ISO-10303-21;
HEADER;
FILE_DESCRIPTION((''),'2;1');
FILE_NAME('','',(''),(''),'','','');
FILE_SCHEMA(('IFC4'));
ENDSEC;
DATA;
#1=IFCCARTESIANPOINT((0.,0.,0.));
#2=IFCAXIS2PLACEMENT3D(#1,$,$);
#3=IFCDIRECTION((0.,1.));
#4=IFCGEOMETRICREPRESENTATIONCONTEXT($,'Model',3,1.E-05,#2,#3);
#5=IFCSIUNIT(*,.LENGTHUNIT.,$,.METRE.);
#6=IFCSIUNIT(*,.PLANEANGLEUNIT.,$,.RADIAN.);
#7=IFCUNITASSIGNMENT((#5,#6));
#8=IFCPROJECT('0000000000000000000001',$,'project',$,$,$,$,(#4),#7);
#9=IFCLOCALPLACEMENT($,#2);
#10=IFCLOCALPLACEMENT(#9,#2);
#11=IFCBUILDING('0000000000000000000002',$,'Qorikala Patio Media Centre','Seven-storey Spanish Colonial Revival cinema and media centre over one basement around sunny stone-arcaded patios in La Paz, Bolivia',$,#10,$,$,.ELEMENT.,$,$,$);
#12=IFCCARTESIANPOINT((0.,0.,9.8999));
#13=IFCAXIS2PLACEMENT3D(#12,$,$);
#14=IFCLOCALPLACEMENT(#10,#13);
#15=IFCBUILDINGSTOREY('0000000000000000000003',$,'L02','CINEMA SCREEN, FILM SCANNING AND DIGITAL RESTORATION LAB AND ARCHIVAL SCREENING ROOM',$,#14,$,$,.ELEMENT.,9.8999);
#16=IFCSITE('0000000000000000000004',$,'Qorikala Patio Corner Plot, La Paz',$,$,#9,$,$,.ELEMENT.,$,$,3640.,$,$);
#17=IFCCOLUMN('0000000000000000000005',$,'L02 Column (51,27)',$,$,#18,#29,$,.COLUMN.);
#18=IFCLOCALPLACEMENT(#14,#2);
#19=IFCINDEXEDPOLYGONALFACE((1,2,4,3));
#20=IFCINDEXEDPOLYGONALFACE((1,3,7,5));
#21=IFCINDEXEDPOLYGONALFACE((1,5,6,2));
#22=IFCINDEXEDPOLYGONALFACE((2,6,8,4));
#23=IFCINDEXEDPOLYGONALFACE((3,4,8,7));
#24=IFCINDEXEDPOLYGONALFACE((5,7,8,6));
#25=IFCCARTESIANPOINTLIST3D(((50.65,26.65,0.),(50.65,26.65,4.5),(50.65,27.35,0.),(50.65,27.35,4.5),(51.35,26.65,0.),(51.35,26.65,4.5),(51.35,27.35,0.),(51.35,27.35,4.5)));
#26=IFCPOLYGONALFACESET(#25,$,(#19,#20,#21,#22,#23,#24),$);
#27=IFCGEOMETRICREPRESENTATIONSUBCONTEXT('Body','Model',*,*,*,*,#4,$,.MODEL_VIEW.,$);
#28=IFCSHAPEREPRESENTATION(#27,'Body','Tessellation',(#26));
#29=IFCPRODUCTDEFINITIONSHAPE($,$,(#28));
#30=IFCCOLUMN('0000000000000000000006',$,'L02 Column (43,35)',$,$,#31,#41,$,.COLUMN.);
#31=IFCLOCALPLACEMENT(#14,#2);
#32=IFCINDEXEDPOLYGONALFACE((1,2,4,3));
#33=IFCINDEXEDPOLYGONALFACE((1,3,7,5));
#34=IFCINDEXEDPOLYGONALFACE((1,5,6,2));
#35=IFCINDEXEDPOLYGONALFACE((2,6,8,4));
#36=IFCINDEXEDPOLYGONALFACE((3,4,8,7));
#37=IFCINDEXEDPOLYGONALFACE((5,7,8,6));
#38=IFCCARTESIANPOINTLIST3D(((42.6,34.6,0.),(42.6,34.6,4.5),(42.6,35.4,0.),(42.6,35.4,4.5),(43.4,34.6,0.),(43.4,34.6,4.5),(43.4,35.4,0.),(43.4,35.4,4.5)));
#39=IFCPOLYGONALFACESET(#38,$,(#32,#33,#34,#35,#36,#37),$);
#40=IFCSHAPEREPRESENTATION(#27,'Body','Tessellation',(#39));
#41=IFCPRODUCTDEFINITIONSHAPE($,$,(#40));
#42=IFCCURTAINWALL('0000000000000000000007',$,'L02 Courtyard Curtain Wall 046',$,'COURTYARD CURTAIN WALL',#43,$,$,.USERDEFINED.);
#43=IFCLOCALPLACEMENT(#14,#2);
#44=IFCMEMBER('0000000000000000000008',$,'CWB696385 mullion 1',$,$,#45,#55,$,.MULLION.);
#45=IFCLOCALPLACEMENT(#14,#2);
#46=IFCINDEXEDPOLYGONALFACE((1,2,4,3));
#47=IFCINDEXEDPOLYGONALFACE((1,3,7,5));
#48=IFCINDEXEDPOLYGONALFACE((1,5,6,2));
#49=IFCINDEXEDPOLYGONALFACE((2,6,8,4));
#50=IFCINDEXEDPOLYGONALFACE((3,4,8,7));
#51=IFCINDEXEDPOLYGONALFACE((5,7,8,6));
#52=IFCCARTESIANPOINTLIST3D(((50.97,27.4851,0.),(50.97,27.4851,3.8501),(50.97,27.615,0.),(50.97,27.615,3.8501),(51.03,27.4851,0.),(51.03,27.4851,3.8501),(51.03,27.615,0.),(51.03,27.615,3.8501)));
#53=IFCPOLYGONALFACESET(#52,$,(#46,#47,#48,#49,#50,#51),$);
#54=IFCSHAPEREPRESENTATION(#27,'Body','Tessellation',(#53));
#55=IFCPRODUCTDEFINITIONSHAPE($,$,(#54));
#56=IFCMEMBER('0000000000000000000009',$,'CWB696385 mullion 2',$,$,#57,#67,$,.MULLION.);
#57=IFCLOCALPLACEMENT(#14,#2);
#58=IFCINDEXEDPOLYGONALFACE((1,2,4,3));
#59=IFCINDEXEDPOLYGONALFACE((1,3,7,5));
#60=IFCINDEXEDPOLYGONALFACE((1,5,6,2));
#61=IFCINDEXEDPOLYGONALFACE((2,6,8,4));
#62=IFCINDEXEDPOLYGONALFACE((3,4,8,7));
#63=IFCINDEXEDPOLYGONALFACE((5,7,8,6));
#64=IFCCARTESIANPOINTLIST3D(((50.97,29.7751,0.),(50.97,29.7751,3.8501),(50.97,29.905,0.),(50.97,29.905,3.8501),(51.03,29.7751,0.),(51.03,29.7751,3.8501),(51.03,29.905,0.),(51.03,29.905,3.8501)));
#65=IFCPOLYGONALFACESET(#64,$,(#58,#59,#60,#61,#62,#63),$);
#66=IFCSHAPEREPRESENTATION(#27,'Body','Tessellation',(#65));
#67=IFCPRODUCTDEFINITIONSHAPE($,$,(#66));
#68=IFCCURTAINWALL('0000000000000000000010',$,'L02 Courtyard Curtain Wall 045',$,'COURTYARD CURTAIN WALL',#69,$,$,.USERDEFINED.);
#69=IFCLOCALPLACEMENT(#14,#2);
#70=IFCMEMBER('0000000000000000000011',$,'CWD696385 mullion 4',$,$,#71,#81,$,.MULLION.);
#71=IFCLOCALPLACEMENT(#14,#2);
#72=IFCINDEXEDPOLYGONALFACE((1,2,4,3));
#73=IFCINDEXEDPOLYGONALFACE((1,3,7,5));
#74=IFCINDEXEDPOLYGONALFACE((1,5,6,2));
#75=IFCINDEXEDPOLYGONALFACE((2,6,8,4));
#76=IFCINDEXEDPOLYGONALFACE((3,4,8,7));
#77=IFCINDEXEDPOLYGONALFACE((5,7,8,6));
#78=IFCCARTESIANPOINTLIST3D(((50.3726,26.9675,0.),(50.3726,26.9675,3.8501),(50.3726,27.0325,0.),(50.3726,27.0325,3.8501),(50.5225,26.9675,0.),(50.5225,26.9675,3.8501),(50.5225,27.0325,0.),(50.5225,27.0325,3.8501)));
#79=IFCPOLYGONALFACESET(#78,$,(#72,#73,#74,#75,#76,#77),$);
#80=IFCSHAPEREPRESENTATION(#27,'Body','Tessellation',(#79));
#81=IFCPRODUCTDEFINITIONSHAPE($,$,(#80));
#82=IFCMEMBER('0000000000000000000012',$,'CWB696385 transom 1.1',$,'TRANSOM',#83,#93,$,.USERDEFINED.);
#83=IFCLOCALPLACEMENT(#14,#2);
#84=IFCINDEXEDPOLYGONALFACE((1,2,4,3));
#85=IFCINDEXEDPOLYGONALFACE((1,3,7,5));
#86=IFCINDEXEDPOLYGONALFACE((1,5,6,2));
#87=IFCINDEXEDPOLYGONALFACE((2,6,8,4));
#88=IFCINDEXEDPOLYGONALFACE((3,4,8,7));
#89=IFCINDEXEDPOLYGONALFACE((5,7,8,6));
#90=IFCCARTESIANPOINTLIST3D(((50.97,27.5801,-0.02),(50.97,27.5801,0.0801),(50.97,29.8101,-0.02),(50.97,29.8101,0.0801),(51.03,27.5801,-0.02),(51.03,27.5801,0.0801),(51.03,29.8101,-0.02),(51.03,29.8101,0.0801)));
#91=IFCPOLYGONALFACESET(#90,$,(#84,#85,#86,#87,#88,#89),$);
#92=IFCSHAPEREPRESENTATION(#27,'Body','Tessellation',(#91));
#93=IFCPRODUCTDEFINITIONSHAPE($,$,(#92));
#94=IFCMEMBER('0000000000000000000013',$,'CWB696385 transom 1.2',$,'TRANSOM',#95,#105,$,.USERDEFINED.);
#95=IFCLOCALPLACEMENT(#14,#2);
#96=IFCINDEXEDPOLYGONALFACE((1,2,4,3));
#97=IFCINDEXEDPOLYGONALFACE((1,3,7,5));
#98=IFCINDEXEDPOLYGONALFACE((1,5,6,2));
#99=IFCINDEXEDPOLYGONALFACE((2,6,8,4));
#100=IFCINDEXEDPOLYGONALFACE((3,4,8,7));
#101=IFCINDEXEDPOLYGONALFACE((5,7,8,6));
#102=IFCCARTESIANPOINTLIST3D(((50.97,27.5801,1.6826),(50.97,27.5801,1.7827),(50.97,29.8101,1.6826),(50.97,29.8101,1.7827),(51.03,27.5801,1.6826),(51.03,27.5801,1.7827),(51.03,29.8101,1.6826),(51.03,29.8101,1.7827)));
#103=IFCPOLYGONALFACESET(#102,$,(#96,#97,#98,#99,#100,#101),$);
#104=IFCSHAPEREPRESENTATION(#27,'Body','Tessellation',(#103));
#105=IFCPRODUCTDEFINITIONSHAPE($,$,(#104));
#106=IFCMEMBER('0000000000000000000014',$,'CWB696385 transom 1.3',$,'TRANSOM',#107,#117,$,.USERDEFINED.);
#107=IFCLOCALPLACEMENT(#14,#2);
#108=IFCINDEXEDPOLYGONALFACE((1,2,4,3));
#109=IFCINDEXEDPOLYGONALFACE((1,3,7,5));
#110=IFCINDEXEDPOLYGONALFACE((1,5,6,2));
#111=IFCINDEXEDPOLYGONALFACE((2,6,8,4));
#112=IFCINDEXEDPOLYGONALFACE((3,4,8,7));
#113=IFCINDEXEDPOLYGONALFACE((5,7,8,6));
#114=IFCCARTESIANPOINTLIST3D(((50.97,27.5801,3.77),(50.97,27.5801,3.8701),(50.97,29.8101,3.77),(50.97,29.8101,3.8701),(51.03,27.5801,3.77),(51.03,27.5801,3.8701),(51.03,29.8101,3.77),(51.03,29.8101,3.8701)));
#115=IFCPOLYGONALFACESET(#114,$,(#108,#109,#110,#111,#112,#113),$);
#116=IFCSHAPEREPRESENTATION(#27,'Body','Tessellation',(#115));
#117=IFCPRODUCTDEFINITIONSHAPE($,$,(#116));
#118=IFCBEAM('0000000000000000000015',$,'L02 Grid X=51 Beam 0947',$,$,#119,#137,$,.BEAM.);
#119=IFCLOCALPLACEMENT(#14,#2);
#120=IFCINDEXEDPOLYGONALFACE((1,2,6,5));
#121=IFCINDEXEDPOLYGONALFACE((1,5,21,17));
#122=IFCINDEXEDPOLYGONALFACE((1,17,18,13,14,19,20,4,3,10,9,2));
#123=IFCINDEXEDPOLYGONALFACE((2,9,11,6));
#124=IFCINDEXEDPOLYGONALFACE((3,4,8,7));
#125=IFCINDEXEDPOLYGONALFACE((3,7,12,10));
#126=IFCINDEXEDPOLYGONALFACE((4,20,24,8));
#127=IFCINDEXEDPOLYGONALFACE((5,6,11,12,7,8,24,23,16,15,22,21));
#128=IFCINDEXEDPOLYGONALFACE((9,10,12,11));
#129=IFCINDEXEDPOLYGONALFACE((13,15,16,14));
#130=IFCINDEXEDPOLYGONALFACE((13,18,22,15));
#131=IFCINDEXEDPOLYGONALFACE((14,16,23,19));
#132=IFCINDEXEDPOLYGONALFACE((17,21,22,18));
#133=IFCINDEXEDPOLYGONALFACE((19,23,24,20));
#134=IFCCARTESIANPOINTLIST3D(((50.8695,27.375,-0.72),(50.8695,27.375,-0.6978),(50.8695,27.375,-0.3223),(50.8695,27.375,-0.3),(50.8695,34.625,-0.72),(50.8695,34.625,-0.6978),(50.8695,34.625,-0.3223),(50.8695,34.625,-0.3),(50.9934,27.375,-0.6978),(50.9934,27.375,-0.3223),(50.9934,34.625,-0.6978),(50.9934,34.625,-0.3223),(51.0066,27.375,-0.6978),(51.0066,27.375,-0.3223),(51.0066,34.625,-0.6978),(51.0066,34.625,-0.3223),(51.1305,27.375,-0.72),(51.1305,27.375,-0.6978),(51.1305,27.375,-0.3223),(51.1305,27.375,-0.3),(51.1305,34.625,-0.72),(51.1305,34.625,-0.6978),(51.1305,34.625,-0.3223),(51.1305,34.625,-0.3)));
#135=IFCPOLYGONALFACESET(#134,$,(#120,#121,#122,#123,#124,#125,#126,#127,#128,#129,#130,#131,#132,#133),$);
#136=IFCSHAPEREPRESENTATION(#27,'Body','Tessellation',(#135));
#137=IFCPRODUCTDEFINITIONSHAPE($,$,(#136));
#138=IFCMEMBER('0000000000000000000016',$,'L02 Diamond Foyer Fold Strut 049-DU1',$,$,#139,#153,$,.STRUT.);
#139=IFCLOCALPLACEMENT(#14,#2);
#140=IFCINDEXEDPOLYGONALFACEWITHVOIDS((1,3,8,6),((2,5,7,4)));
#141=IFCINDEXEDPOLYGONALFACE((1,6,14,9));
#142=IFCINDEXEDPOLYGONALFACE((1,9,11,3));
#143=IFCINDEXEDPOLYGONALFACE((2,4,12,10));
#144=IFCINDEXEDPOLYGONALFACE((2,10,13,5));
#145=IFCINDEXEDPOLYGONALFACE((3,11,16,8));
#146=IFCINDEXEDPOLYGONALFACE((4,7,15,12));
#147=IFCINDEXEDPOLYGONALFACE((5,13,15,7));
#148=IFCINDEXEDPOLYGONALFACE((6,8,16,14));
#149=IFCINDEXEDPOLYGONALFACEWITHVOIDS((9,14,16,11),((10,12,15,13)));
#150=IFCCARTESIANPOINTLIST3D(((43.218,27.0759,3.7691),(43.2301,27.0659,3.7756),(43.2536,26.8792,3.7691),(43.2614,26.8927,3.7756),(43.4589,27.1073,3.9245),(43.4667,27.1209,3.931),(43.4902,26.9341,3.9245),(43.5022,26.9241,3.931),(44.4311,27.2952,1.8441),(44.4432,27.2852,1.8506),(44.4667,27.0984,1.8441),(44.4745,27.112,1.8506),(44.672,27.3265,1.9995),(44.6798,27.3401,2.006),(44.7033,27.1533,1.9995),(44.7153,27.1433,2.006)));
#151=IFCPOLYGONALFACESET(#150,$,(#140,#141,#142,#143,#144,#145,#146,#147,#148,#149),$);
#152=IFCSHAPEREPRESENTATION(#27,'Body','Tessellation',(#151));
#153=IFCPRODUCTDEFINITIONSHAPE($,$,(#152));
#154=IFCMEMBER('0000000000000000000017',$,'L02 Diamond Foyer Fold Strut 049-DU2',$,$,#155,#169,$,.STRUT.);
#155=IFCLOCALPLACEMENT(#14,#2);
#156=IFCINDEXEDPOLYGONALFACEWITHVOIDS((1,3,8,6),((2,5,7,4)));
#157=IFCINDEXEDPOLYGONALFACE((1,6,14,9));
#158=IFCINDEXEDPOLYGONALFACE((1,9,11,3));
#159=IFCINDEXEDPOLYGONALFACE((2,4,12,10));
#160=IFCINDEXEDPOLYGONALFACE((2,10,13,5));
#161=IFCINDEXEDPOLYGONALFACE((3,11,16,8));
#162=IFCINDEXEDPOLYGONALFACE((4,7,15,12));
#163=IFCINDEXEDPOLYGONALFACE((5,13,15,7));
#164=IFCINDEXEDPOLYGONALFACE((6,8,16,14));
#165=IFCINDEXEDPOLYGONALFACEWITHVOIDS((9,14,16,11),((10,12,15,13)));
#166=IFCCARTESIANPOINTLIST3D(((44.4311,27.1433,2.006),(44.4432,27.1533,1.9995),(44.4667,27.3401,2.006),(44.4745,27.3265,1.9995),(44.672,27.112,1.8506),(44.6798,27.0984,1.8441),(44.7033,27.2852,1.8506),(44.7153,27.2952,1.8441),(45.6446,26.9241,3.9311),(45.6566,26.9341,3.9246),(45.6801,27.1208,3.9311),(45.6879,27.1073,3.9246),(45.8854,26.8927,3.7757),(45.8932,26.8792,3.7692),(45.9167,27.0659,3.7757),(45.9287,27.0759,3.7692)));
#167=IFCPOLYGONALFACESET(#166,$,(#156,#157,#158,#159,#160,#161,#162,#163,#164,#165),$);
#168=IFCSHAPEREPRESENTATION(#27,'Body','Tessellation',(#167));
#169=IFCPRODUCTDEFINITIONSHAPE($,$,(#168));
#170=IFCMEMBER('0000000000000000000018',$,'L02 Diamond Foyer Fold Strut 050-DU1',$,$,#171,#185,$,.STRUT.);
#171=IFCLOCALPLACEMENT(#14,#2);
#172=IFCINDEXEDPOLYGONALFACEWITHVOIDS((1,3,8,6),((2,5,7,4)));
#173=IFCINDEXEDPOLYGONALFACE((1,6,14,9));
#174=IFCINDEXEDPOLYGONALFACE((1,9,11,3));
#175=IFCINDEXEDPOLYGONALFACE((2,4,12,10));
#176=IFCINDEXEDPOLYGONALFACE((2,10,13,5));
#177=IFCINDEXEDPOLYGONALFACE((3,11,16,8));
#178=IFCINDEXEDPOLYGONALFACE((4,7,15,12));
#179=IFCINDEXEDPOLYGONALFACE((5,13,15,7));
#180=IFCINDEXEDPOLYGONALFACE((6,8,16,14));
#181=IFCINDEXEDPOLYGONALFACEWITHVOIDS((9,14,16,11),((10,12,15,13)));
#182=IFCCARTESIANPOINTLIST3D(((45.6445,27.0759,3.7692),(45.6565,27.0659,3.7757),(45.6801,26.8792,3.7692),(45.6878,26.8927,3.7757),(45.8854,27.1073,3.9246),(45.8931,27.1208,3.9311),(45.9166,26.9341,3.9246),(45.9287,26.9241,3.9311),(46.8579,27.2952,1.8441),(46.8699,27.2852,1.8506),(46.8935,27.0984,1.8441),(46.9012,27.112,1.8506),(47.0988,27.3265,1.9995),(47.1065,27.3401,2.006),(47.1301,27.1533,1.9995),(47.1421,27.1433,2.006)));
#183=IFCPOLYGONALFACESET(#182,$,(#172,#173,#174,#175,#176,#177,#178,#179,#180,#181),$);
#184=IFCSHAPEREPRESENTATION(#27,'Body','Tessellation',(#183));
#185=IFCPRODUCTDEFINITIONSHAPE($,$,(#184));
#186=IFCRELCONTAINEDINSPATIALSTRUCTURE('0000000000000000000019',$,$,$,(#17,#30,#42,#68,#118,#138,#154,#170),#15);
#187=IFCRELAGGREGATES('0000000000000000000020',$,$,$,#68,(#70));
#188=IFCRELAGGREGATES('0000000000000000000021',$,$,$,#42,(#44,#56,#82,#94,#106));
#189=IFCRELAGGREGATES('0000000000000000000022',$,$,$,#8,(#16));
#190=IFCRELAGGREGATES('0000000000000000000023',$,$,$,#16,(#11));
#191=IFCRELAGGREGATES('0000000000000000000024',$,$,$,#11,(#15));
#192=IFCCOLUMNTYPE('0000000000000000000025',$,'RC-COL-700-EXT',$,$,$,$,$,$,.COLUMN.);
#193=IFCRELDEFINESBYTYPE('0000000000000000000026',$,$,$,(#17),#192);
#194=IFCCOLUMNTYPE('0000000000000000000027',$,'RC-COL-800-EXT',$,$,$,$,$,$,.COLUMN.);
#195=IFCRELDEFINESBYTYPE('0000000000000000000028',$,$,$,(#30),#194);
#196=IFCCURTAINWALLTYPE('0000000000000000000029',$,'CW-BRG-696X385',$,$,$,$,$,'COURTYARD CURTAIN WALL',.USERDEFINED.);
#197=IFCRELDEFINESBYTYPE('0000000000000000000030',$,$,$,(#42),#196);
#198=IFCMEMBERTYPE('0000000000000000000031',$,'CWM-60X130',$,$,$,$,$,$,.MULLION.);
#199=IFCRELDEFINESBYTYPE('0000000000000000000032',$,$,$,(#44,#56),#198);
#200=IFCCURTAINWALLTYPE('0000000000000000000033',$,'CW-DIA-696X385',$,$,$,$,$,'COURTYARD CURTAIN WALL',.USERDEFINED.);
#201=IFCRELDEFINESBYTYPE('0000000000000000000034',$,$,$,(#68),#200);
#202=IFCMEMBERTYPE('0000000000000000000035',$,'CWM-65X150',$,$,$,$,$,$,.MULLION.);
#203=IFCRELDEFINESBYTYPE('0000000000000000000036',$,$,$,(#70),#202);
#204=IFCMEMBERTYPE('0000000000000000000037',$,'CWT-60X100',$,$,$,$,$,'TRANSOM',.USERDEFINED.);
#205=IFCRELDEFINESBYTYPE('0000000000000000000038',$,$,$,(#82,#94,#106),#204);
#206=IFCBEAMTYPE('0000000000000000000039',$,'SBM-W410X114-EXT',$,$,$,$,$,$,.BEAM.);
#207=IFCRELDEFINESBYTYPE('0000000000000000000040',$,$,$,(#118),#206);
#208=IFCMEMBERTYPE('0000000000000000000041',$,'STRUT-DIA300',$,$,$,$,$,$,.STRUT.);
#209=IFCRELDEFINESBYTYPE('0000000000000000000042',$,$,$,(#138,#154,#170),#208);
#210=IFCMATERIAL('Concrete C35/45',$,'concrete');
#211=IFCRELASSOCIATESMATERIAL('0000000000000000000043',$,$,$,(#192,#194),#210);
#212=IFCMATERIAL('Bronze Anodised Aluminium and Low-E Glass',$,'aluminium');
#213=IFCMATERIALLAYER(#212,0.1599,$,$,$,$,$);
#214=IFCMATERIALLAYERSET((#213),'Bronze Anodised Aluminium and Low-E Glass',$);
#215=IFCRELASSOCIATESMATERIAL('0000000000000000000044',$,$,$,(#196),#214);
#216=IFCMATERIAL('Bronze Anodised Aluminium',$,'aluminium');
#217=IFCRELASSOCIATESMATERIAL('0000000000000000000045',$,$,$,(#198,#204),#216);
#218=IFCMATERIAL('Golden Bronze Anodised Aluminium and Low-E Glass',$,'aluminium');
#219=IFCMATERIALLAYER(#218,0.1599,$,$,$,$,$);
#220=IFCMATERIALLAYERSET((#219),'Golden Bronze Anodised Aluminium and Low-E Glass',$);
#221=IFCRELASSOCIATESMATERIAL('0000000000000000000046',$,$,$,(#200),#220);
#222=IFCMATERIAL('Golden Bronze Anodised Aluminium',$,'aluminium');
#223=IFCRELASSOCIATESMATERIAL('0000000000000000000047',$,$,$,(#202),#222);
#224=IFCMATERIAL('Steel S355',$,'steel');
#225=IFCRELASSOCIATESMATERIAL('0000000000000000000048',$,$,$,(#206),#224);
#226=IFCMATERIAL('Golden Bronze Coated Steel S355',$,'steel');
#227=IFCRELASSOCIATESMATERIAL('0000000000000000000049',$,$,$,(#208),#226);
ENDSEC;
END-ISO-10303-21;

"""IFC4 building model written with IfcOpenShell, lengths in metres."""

from ifc_helpers import new_model, si_unit, direction, frame, origin, origin_2d, place, context, subcontext, project, spatial, rectangle, hollow_rectangle, i_section, extrude, material, layer, layer_set, material_profile, profile_set, type_object, element, aggregate, save


model = new_model("IFC4")

# Units and contexts
model_context = context("Model", 3, precision=1e-05, world=origin(), true_north=direction((0.0, 1.0)))
body_context = subcontext(model_context, "Body", "Model", "MODEL_VIEW")
ifc_project = project(units=[si_unit("LENGTHUNIT", "METRE"), si_unit("PLANEANGLEUNIT", "RADIAN")], contexts=[model_context])

# Site, building, storey
site_placement = place(None, origin())
site = spatial("IfcSite", under=ifc_project, at=site_placement, Name="Qorikala Patio Corner Plot, La Paz", CompositionType="ELEMENT", RefElevation=3640.0)
building_placement = place(site_placement, origin())
building = spatial("IfcBuilding", under=site, at=building_placement, Name="Qorikala Patio Media Centre", Description="Seven-storey Spanish Colonial Revival cinema and media centre over one basement around sunny stone-arcaded patios in La Paz, Bolivia", CompositionType="ELEMENT")
storey_placement = place(building_placement, frame((0.0, 0.0, 9.8999)))
storey = spatial("IfcBuildingStorey", under=building, at=storey_placement, Name="L02", Description="CINEMA SCREEN, FILM SCANNING AND DIGITAL RESTORATION LAB AND ARCHIVAL SCREENING ROOM", CompositionType="ELEMENT", Elevation=9.8999)

# Columns
ifc_material_1 = material(Name="Concrete C35/45", Category="concrete")
ifc_material_profile_1 = material_profile(ifc_material_1, rectangle(XDim=0.7, YDim=0.7, at=origin_2d()), Name="RC 700x700")
ifc_profile_set_1 = profile_set([ifc_material_profile_1], Name="Concrete C35/45")
column_type_1 = type_object("IfcColumnType", Name="RC-COL-700-EXT", PredefinedType="COLUMN", material=ifc_profile_set_1)
column_1_placement = place(storey_placement, frame((51.0, 27.0, 0.0), z_axis=(0.0, 0.0, 1.0), x_axis=(1.0, 0.0, 0.0)))
element("IfcColumn", 1, at=column_1_placement, inside=storey, type_object=column_type_1, Name="L02 Column (51,27)", PredefinedType="COLUMN", context=body_context, shape_type="SweptSolid", body=[
    extrude(rectangle(XDim=0.7, YDim=0.7, at=origin_2d()), origin(), (0.0, 0.0, 1.0), 4.5),
])
ifc_material_profile_2 = material_profile(ifc_material_1, rectangle(XDim=0.8, YDim=0.8, at=origin_2d()), Name="RC 800x800")
ifc_profile_set_2 = profile_set([ifc_material_profile_2], Name="Concrete C35/45")
column_type_2 = type_object("IfcColumnType", Name="RC-COL-800-EXT", PredefinedType="COLUMN", material=ifc_profile_set_2)
column_2_placement = place(storey_placement, frame((43.0, 35.0, 0.0), z_axis=(0.0, 0.0, 1.0), x_axis=(1.0, 0.0, 0.0)))
element("IfcColumn", 2, at=column_2_placement, inside=storey, type_object=column_type_2, Name="L02 Column (43,35)", PredefinedType="COLUMN", context=body_context, shape_type="SweptSolid", body=[
    extrude(rectangle(XDim=0.8, YDim=0.8, at=origin_2d()), origin(), (0.0, 0.0, 1.0), 4.5),
])

# Curtain wall, members
ifc_material_2 = material(Name="Bronze Anodised Aluminium and Low-E Glass", Category="aluminium")
ifc_layer_1 = layer(ifc_material_2, 0.1599)
ifc_layer_set_1 = layer_set([ifc_layer_1], Name="Bronze Anodised Aluminium and Low-E Glass")
curtain_wall_type_1 = type_object("IfcCurtainWallType", Name="CW-BRG-696X385", ElementType="COURTYARD CURTAIN WALL", PredefinedType="USERDEFINED", material=ifc_layer_set_1)
curtain_wall_1_placement = place(storey_placement, origin())
curtain_wall_1 = element("IfcCurtainWall", 3, at=curtain_wall_1_placement, inside=storey, type_object=curtain_wall_type_1, Name="L02 Courtyard Curtain Wall 046", ObjectType="COURTYARD CURTAIN WALL", PredefinedType="USERDEFINED")
ifc_material_3 = material(Name="Bronze Anodised Aluminium", Category="aluminium")
ifc_material_profile_3 = material_profile(ifc_material_3, rectangle(XDim=0.0601, YDim=0.1299, at=origin_2d()), Name="ALU MULLION 60x130")
ifc_profile_set_3 = profile_set([ifc_material_profile_3], Name="Bronze Anodised Aluminium")
member_type_1 = type_object("IfcMemberType", Name="CWM-60X130", PredefinedType="MULLION", material=ifc_profile_set_3)
member_1_placement = place(storey_placement, frame((51.0, 27.55, 0.0), z_axis=(0.0, 0.0, 1.0), x_axis=(-1.0, 0.0, 0.0)))
member_1 = element("IfcMember", 4, at=member_1_placement, type_object=member_type_1, Name="CWB696385 mullion 1", PredefinedType="MULLION", context=body_context, shape_type="SweptSolid", body=[
    extrude(rectangle(XDim=0.0601, YDim=0.1299, at=origin_2d()), origin(), (0.0, 0.0, 1.0), 3.8501),
])
member_2_placement = place(storey_placement, frame((51.0, 29.8401, 0.0), z_axis=(0.0, 0.0, 1.0), x_axis=(-1.0, 0.0, 0.0)))
member_2 = element("IfcMember", 5, at=member_2_placement, type_object=member_type_1, Name="CWB696385 mullion 2", PredefinedType="MULLION", context=body_context, shape_type="SweptSolid", body=[
    extrude(rectangle(XDim=0.0601, YDim=0.1299, at=origin_2d()), origin(), (0.0, 0.0, 1.0), 3.8501),
])

# Curtain wall, member
ifc_material_4 = material(Name="Golden Bronze Anodised Aluminium and Low-E Glass", Category="aluminium")
ifc_layer_2 = layer(ifc_material_4, 0.1599)
ifc_layer_set_2 = layer_set([ifc_layer_2], Name="Golden Bronze Anodised Aluminium and Low-E Glass")
curtain_wall_type_2 = type_object("IfcCurtainWallType", Name="CW-DIA-696X385", ElementType="COURTYARD CURTAIN WALL", PredefinedType="USERDEFINED", material=ifc_layer_set_2)
curtain_wall_2_placement = place(storey_placement, origin())
curtain_wall_2 = element("IfcCurtainWall", 6, at=curtain_wall_2_placement, inside=storey, type_object=curtain_wall_type_2, Name="L02 Courtyard Curtain Wall 045", ObjectType="COURTYARD CURTAIN WALL", PredefinedType="USERDEFINED")
ifc_material_5 = material(Name="Golden Bronze Anodised Aluminium", Category="aluminium")
ifc_material_profile_4 = material_profile(ifc_material_5, rectangle(XDim=0.0649, YDim=0.1499, at=origin_2d()), Name="ALU MULLION 65x150")
ifc_profile_set_4 = profile_set([ifc_material_profile_4], Name="Golden Bronze Anodised Aluminium")
member_type_2 = type_object("IfcMemberType", Name="CWM-65X150", PredefinedType="MULLION", material=ifc_profile_set_4)
member_3_placement = place(storey_placement, frame((50.4475, 27.0, 0.0), z_axis=(0.0, 0.0, 1.0), x_axis=(0.0, 1.0, 0.0)))
member_3 = element("IfcMember", 7, at=member_3_placement, type_object=member_type_2, Name="CWD696385 mullion 4", PredefinedType="MULLION", context=body_context, shape_type="SweptSolid", body=[
    extrude(rectangle(XDim=0.0649, YDim=0.1499, at=origin_2d()), origin(), (0.0, 0.0, 1.0), 3.8501),
])
aggregate(curtain_wall_2, [member_3])

# Members
ifc_material_profile_5 = material_profile(ifc_material_3, rectangle(XDim=0.0601, YDim=0.1001, at=origin_2d()), Name="ALU TRANSOM 60x100")
ifc_profile_set_5 = profile_set([ifc_material_profile_5], Name="Bronze Anodised Aluminium")
member_type_3 = type_object("IfcMemberType", Name="CWT-60X100", ElementType="TRANSOM", PredefinedType="USERDEFINED", material=ifc_profile_set_5)
member_4_placement = place(storey_placement, frame((51.0, 27.5801, 0.03), z_axis=(0.0, 1.0, 0.0), x_axis=(-1.0, 0.0, 0.0)))
member_4 = element("IfcMember", 8, at=member_4_placement, type_object=member_type_3, Name="CWB696385 transom 1.1", ObjectType="TRANSOM", PredefinedType="USERDEFINED", context=body_context, shape_type="SweptSolid", body=[
    extrude(rectangle(XDim=0.0601, YDim=0.1001, at=origin_2d()), origin(), (0.0, 0.0, 1.0), 2.23),
])
member_5_placement = place(storey_placement, frame((51.0, 27.5801, 1.7327), z_axis=(0.0, 1.0, 0.0), x_axis=(-1.0, 0.0, 0.0)))
member_5 = element("IfcMember", 9, at=member_5_placement, type_object=member_type_3, Name="CWB696385 transom 1.2", ObjectType="TRANSOM", PredefinedType="USERDEFINED", context=body_context, shape_type="SweptSolid", body=[
    extrude(rectangle(XDim=0.0601, YDim=0.1001, at=origin_2d()), origin(), (0.0, 0.0, 1.0), 2.23),
])
member_6_placement = place(storey_placement, frame((51.0, 27.5801, 3.8201), z_axis=(0.0, 1.0, 0.0), x_axis=(-1.0, 0.0, 0.0)))
member_6 = element("IfcMember", 10, at=member_6_placement, type_object=member_type_3, Name="CWB696385 transom 1.3", ObjectType="TRANSOM", PredefinedType="USERDEFINED", context=body_context, shape_type="SweptSolid", body=[
    extrude(rectangle(XDim=0.0601, YDim=0.1001, at=origin_2d()), origin(), (0.0, 0.0, 1.0), 2.23),
])

# Beam
ifc_material_6 = material(Name="Steel S355", Category="steel")
ifc_material_profile_6 = material_profile(ifc_material_6, i_section(OverallWidth=0.261, OverallDepth=0.4199, WebThickness=0.0132, FlangeThickness=0.0222, at=origin_2d()), Name="W410X114")
ifc_profile_set_6 = profile_set([ifc_material_profile_6], Name="Steel S355")
beam_type = type_object("IfcBeamType", Name="SBM-W410X114-EXT", PredefinedType="BEAM", material=ifc_profile_set_6)
beam_placement = place(storey_placement, frame((51.0, 27.375, -0.51), z_axis=(0.0, 1.0, 0.0), x_axis=(-1.0, 0.0, 0.0)))
element("IfcBeam", 11, at=beam_placement, inside=storey, type_object=beam_type, Name="L02 Grid X=51 Beam 0947", PredefinedType="BEAM", context=body_context, shape_type="SweptSolid", body=[
    extrude(i_section(OverallWidth=0.261, OverallDepth=0.4199, WebThickness=0.0132, FlangeThickness=0.0222, at=origin_2d()), origin(), (0.0, 0.0, 1.0), 7.25),
])

# Members
ifc_material_7 = material(Name="Golden Bronze Coated Steel S355", Category="steel")
ifc_material_profile_7 = material_profile(ifc_material_7, hollow_rectangle(XDim=0.2, YDim=0.3, WallThickness=0.012, at=origin_2d()), Name="HSS300X200X12")
ifc_profile_set_7 = profile_set([ifc_material_profile_7], Name="Golden Bronze Coated Steel S355")
member_type_4 = type_object("IfcMemberType", Name="STRUT-DIA300", PredefinedType="STRUT", material=ifc_profile_set_7)
member_7_placement = place(storey_placement, frame((44.5732, 27.2192, 1.925), z_axis=(-0.530691, -0.095907, 0.842121), x_axis=(0.17784, -0.984059, 0.0)))
element("IfcMember", 12, at=member_7_placement, inside=storey, type_object=member_type_4, Name="L02 Diamond Foyer Fold Strut 049-DU1", PredefinedType="STRUT", context=body_context, shape_type="SweptSolid", body=[
    extrude(hollow_rectangle(XDim=0.2, YDim=0.3, WallThickness=0.012, at=origin_2d()), origin(), (0.0, 0.0, 1.0), 2.2859),
])
for number, where, z_axis, x_axis, name in (
    (13, (44.5732, 27.2192, 1.925), (0.530768, -0.095901, 0.842074), (0.177805, 0.984066, 0.0), "L02 Diamond Foyer Fold Strut 049-DU2"),
    (14, (47.0, 27.2192, 1.925), (-0.530768, -0.095901, 0.842074), (0.177805, -0.984066, 0.0), "L02 Diamond Foyer Fold Strut 050-DU1"),
):
    element("IfcMember", number, at=place(storey_placement, frame(where, z_axis=z_axis, x_axis=x_axis)), inside=storey, type_object=member_type_4, Name=name, PredefinedType="STRUT", context=body_context, shape_type="SweptSolid", body=[
        extrude(hollow_rectangle(XDim=0.2, YDim=0.3, WallThickness=0.012, at=origin_2d()), origin(), (0.0, 0.0, 1.0), 2.2861),
    ])

aggregate(curtain_wall_1, [member_1, member_2, member_4, member_5, member_6])

save(model, "model.ifc")
